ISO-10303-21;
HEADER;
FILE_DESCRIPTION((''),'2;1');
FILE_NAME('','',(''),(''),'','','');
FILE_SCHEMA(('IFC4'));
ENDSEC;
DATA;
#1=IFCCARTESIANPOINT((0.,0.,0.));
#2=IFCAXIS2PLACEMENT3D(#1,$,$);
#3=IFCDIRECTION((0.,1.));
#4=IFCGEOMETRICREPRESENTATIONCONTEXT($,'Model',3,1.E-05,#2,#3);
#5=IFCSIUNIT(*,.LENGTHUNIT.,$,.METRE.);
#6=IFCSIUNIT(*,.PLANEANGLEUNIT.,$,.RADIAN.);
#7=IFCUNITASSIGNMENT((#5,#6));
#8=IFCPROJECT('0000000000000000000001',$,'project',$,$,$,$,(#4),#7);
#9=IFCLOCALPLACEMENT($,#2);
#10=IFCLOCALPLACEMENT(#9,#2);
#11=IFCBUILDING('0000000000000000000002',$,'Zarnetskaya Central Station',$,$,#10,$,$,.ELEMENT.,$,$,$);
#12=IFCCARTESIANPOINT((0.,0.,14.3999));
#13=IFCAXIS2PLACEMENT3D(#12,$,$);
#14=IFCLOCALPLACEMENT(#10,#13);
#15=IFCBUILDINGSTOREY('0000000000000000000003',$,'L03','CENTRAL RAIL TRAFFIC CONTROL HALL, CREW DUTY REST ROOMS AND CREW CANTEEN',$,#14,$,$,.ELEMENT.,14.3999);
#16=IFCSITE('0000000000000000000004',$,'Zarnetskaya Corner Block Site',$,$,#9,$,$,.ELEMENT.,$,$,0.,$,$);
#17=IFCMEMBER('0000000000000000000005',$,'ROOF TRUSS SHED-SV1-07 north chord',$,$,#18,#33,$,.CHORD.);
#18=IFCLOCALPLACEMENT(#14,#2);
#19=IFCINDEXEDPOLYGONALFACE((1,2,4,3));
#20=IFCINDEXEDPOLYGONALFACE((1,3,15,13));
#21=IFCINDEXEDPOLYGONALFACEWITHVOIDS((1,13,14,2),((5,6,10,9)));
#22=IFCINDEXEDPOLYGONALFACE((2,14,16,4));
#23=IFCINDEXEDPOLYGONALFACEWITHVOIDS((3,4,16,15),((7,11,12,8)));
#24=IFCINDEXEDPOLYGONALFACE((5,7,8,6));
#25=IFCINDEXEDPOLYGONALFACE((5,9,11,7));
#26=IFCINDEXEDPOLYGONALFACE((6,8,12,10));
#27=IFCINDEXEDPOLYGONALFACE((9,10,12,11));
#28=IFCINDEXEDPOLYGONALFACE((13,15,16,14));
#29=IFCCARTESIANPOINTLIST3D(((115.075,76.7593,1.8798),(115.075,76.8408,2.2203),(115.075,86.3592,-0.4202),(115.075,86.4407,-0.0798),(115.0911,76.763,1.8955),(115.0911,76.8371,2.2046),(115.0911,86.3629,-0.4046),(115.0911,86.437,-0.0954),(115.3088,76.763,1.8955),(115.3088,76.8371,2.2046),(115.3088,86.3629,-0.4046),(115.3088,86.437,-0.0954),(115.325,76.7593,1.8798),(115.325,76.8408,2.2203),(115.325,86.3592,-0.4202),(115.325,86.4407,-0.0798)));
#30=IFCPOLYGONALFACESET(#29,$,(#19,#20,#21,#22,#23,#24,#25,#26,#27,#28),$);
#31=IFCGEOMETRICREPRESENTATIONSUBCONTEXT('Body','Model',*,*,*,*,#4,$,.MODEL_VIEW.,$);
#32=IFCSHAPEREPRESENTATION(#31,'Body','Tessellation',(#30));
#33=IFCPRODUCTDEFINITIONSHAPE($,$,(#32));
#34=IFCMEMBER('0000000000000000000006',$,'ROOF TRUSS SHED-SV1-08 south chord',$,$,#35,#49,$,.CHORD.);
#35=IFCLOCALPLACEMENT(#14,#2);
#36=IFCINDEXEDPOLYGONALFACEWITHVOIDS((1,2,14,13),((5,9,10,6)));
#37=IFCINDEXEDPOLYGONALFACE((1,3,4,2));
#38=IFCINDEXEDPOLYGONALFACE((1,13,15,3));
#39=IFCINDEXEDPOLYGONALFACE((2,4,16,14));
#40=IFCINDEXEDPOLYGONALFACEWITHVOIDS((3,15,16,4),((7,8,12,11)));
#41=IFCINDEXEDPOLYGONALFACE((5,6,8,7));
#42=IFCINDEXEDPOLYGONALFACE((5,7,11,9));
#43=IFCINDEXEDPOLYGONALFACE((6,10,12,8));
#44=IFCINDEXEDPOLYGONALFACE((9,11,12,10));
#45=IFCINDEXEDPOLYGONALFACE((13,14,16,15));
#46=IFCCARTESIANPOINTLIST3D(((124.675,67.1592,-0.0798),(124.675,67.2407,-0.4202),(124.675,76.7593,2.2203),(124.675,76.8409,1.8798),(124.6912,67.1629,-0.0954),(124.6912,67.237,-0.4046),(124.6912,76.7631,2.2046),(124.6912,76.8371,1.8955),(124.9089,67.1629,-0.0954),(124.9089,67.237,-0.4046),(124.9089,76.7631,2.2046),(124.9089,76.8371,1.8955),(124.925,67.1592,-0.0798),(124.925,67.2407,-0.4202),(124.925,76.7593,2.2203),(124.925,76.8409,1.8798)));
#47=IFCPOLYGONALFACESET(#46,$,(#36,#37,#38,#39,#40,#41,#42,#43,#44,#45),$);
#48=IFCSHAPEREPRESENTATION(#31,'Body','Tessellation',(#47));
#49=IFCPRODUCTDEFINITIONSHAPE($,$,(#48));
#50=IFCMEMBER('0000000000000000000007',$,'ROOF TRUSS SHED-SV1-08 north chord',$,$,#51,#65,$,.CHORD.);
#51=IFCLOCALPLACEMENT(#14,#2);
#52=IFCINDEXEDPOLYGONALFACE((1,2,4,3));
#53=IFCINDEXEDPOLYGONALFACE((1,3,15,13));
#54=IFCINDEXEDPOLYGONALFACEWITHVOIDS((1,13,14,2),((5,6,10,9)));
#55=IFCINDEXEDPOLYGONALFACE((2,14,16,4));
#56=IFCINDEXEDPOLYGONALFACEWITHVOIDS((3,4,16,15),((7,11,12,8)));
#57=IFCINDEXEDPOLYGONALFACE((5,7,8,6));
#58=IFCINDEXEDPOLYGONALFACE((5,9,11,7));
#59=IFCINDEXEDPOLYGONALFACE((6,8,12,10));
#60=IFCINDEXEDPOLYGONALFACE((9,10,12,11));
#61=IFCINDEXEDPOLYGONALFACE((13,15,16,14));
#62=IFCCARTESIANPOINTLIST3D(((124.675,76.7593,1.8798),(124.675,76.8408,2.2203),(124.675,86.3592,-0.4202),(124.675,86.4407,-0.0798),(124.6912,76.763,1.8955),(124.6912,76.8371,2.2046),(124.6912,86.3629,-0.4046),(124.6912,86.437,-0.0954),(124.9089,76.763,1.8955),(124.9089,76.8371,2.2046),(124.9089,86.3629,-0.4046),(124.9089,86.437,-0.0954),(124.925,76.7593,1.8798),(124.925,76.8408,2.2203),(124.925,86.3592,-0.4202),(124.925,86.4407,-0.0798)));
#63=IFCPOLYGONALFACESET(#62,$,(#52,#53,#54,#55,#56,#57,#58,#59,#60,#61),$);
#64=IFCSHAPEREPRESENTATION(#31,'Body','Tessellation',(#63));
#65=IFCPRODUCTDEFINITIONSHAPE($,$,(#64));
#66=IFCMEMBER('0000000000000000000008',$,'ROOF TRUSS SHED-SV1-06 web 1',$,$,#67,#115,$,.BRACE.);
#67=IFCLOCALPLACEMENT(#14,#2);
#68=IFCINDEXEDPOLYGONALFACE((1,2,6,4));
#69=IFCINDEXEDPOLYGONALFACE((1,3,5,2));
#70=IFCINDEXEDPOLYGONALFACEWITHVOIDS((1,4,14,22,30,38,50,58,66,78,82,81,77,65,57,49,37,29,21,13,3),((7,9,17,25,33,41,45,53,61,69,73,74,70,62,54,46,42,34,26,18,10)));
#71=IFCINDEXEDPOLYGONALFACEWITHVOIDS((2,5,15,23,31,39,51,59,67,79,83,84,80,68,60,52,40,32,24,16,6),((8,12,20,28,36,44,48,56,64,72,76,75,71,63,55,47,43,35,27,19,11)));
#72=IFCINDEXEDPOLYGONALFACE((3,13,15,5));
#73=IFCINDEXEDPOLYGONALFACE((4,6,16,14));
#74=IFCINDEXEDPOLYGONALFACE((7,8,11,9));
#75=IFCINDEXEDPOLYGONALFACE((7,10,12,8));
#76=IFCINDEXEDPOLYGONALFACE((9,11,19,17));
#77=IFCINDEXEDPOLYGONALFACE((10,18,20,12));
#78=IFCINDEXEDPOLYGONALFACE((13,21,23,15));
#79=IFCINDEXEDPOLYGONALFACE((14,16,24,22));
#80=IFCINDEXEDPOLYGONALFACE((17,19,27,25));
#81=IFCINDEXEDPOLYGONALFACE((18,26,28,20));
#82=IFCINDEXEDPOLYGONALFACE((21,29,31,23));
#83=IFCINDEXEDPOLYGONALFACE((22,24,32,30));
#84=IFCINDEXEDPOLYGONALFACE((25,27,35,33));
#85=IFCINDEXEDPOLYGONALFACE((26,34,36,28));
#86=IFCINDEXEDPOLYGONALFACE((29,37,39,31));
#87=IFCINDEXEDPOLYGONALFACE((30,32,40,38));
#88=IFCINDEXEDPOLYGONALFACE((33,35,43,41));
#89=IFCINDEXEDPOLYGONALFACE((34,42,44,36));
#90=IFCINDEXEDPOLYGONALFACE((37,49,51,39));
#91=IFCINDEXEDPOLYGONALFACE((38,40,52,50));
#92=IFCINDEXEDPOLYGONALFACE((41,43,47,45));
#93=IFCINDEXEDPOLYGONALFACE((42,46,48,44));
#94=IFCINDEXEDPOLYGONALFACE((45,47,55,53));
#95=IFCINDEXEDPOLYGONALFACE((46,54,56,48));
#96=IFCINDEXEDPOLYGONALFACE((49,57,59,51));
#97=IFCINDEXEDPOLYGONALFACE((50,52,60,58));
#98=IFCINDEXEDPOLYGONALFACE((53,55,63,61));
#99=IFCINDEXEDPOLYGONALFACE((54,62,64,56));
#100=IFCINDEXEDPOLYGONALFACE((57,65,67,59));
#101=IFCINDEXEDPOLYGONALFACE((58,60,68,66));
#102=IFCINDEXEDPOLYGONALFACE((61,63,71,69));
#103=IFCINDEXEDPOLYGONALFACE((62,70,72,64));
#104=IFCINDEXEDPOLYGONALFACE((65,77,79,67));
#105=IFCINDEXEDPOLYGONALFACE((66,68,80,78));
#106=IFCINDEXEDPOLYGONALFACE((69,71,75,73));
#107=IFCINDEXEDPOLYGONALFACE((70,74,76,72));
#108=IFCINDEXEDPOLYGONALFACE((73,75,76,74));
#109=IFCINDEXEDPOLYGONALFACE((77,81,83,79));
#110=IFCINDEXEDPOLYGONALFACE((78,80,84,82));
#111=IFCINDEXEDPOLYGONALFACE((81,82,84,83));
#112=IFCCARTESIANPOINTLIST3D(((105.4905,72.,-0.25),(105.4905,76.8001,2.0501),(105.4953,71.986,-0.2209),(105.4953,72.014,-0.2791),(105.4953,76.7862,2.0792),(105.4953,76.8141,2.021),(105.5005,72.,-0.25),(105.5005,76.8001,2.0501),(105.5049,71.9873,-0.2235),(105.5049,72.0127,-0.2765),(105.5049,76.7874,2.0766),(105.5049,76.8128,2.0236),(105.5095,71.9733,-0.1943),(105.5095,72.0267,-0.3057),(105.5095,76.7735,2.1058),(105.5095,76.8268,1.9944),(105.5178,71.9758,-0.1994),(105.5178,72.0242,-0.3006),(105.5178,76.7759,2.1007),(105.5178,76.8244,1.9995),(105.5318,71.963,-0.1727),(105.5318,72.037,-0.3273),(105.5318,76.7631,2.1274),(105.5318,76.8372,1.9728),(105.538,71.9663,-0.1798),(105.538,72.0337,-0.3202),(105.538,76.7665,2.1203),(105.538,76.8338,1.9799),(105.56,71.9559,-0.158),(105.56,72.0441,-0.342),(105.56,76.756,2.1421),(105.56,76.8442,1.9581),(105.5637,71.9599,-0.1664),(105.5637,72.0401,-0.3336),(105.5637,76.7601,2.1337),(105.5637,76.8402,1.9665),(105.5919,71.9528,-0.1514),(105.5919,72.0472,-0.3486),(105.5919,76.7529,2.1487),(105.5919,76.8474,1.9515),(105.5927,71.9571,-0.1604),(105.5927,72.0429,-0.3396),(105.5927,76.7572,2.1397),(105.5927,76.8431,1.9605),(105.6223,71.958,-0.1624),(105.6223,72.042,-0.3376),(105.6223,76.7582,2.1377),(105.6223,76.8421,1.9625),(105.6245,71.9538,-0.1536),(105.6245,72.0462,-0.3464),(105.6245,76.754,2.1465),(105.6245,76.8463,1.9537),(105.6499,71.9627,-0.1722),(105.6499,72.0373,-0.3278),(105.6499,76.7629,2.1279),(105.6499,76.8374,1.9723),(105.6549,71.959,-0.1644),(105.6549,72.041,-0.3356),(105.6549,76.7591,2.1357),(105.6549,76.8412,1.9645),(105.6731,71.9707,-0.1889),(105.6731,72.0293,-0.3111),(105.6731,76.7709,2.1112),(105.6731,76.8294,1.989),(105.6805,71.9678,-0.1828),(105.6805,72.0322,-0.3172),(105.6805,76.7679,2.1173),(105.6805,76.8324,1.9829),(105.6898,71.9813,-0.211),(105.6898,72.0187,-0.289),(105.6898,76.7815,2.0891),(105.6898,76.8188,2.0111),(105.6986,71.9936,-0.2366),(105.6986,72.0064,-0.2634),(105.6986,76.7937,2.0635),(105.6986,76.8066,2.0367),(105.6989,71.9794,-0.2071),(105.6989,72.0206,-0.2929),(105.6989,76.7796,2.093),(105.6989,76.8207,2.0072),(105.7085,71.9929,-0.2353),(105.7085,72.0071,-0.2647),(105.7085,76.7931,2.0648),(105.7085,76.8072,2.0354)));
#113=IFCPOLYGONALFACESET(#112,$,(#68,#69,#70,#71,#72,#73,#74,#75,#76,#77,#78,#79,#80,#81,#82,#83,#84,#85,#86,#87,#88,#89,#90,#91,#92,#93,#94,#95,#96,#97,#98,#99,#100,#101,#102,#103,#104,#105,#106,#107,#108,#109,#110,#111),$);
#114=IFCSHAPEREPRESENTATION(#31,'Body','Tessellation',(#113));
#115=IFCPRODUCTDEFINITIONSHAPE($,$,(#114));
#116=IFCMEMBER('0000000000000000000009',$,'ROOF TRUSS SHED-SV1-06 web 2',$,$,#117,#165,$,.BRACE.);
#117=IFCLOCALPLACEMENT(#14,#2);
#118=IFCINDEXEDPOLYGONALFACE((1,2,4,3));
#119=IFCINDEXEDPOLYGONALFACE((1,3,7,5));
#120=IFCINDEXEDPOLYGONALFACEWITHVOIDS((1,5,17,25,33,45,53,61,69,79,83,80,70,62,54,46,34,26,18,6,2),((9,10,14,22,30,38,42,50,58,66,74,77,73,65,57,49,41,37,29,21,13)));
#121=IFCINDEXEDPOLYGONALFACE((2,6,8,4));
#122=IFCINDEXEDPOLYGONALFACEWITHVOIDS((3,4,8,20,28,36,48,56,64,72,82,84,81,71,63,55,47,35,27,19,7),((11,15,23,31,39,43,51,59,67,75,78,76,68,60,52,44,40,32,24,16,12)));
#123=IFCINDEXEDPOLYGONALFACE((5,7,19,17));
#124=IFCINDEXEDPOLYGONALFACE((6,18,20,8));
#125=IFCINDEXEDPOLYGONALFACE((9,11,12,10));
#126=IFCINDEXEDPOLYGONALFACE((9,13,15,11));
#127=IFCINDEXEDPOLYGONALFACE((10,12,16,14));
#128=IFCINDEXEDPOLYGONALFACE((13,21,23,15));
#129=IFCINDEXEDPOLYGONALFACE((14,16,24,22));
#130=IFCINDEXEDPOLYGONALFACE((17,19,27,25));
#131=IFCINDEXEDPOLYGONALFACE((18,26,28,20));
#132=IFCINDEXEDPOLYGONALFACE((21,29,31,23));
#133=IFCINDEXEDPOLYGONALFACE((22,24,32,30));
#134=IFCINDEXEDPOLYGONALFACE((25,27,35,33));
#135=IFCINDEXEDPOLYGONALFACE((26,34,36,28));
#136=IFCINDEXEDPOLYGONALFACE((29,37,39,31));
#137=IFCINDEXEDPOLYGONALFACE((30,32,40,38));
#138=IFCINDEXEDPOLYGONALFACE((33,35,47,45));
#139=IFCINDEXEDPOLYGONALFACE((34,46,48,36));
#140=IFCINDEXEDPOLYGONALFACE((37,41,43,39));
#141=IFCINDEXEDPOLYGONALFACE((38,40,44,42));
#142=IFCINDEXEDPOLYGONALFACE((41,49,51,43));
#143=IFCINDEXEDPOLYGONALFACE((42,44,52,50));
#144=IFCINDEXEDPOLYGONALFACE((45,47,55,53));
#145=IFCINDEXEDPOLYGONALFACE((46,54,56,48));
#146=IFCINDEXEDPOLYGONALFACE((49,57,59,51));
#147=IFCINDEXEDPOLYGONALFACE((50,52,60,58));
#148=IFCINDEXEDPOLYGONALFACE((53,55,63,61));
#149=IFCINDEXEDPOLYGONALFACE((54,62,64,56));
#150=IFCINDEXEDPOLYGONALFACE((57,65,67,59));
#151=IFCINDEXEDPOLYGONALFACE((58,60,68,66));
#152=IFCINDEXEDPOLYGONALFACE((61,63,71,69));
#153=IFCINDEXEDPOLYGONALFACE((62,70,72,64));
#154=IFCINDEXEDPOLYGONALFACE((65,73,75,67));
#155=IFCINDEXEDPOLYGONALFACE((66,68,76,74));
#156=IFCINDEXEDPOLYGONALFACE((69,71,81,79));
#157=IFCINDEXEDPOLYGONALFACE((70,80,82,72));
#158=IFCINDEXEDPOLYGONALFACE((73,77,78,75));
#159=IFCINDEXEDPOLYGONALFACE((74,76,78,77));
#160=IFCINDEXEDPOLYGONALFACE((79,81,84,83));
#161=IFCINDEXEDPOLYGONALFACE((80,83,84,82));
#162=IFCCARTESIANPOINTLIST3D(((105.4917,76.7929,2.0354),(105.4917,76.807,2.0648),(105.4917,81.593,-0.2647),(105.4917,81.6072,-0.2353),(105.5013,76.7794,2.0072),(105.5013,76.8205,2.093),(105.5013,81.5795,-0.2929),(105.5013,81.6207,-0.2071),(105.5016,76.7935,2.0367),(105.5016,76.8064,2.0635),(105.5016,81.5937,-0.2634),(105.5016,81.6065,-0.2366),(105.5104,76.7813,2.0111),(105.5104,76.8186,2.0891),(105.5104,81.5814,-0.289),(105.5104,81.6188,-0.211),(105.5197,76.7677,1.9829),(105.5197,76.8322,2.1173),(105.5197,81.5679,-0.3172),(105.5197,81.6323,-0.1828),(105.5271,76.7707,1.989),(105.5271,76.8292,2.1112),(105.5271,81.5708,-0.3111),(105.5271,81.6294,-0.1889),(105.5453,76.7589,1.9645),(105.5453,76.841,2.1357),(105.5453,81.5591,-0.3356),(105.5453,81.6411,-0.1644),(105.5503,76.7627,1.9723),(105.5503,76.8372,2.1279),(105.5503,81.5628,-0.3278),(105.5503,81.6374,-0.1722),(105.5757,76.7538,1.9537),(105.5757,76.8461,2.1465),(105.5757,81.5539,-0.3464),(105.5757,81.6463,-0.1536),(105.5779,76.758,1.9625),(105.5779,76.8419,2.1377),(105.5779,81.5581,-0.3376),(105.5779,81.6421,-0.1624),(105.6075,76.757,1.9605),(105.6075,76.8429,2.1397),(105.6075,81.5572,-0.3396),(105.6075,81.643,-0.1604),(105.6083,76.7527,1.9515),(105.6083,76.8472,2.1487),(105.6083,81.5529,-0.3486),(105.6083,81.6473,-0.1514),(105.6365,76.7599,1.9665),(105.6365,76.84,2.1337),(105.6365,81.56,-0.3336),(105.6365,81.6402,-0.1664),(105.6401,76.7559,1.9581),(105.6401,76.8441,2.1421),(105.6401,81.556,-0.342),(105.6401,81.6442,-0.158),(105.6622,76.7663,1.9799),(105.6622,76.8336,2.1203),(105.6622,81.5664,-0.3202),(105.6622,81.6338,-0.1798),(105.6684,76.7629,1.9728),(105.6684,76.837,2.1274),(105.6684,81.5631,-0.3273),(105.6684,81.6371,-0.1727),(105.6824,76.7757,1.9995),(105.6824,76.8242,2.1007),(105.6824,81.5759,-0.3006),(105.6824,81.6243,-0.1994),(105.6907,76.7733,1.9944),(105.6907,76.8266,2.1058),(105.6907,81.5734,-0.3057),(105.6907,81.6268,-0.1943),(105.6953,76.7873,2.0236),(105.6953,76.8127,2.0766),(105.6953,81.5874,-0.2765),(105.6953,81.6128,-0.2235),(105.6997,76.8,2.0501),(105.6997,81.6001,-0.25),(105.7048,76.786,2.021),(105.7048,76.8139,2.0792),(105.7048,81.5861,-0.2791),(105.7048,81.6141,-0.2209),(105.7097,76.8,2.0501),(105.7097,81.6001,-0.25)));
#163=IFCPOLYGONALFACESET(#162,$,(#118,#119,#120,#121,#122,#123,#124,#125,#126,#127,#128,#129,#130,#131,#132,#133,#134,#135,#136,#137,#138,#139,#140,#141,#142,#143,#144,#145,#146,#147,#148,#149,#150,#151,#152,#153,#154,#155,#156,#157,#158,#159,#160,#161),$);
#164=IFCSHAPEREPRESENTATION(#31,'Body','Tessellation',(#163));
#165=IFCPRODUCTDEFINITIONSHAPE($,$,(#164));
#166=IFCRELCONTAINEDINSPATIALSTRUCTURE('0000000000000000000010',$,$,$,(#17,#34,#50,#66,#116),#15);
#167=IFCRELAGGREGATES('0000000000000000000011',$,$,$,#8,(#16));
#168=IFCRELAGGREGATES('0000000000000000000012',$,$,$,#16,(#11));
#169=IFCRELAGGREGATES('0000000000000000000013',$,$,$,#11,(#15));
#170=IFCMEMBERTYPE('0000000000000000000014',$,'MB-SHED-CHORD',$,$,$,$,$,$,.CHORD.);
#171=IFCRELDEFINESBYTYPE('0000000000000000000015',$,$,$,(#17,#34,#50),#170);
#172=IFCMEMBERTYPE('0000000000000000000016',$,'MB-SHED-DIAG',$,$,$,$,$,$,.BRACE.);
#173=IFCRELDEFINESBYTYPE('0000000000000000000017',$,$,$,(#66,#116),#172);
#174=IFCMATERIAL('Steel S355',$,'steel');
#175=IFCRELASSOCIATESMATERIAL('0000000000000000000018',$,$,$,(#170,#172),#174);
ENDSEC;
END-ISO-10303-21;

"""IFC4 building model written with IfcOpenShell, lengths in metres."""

from ifc_helpers import new_model, si_unit, direction, frame, origin, origin_2d, place, context, subcontext, project, spatial, hollow_rectangle, hollow_circle, extrude, material, material_profile, profile_set, type_object, element, save


model = new_model("IFC4")

# Units and contexts
model_context = context("Model", 3, precision=1e-05, world=origin(), true_north=direction((0.0, 1.0)))
body_context = subcontext(model_context, "Body", "Model", "MODEL_VIEW")
ifc_project = project(units=[si_unit("LENGTHUNIT", "METRE"), si_unit("PLANEANGLEUNIT", "RADIAN")], contexts=[model_context])

# Site, building, storey
site_placement = place(None, origin())
site = spatial("IfcSite", under=ifc_project, at=site_placement, Name="Zarnetskaya Corner Block Site", CompositionType="ELEMENT", RefElevation=0.0)
building_placement = place(site_placement, origin())
building = spatial("IfcBuilding", under=site, at=building_placement, Name="Zarnetskaya Central Station", CompositionType="ELEMENT")
storey_placement = place(building_placement, frame((0.0, 0.0, 14.3999)))
storey = spatial("IfcBuildingStorey", under=building, at=storey_placement, Name="L03", Description="CENTRAL RAIL TRAFFIC CONTROL HALL, CREW DUTY REST ROOMS AND CREW CANTEEN", CompositionType="ELEMENT", Elevation=14.3999)

# Shared definitions
ifc_material_1 = material(Name="Steel S355", Category="steel")

# Members
ifc_material_profile_1 = material_profile(ifc_material_1, hollow_rectangle(XDim=0.25, YDim=0.3501, WallThickness=0.0161, at=origin_2d()), Name="RHS 350x250x16")
ifc_profile_set_1 = profile_set([ifc_material_profile_1], Name="Steel S355")
member_type_1 = type_object("IfcMemberType", Name="MB-SHED-CHORD", PredefinedType="CHORD", material=ifc_profile_set_1)
member_1_placement = place(storey_placement, frame((115.2, 76.8, 2.05), z_axis=(0.0, 0.972477, -0.232998), x_axis=(-1.0, 0.0, 0.0)))
element("IfcMember", 1, at=member_1_placement, inside=storey, type_object=member_type_1, Name="ROOF TRUSS SHED-SV1-07 north chord", PredefinedType="CHORD", context=body_context, shape_type="SweptSolid", body=[
    extrude(hollow_rectangle(XDim=0.25, YDim=0.3501, WallThickness=0.0161, at=origin_2d()), origin(), (0.0, 0.0, 1.0), 9.8716),
])
member_2_placement = place(storey_placement, frame((124.8, 67.2, -0.25), z_axis=(0.0, 0.972479, 0.232992), x_axis=(-1.0, 0.0, 0.0)))
element("IfcMember", 2, at=member_2_placement, inside=storey, type_object=member_type_1, Name="ROOF TRUSS SHED-SV1-08 south chord", PredefinedType="CHORD", context=body_context, shape_type="SweptSolid", body=[
    extrude(hollow_rectangle(XDim=0.25, YDim=0.3501, WallThickness=0.0161, at=origin_2d()), origin(), (0.0, 0.0, 1.0), 9.8718),
])
member_3_placement = place(storey_placement, frame((124.8, 76.8, 2.05), z_axis=(0.0, 0.972477, -0.232998), x_axis=(-1.0, 0.0, 0.0)))
element("IfcMember", 3, at=member_3_placement, inside=storey, type_object=member_type_1, Name="ROOF TRUSS SHED-SV1-08 north chord", PredefinedType="CHORD", context=body_context, shape_type="SweptSolid", body=[
    extrude(hollow_rectangle(XDim=0.25, YDim=0.3501, WallThickness=0.0161, at=origin_2d()), origin(), (0.0, 0.0, 1.0), 9.8716),
])
ifc_material_profile_2 = material_profile(ifc_material_1, hollow_circle(Radius=0.1096, WallThickness=0.01, at=origin_2d()), Name="CHS 219.1x10")
ifc_profile_set_2 = profile_set([ifc_material_profile_2], Name="Steel S355")
member_type_2 = type_object("IfcMemberType", Name="MB-SHED-DIAG", PredefinedType="BRACE", material=ifc_profile_set_2)
for number, where, z_axis, x_axis, name in (
    (4, (105.6001, 72.0, -0.25), (0.0, 0.901814, 0.432124), (-1.0, 0.0, 0.0), "ROOF TRUSS SHED-SV1-06 web 1"),
    (5, (105.6001, 81.6001, -0.25), (0.0, -0.901814, 0.432124), (1.0, 0.0, 0.0), "ROOF TRUSS SHED-SV1-06 web 2"),
):
    element("IfcMember", number, at=place(storey_placement, frame(where, z_axis=z_axis, x_axis=x_axis)), inside=storey, type_object=member_type_2, Name=name, PredefinedType="BRACE", context=body_context, shape_type="SweptSolid", body=[
        extrude(hollow_circle(Radius=0.1096, WallThickness=0.01, at=origin_2d()), origin(), (0.0, 0.0, 1.0), 5.3228),
    ])

save(model, "model.ifc")
